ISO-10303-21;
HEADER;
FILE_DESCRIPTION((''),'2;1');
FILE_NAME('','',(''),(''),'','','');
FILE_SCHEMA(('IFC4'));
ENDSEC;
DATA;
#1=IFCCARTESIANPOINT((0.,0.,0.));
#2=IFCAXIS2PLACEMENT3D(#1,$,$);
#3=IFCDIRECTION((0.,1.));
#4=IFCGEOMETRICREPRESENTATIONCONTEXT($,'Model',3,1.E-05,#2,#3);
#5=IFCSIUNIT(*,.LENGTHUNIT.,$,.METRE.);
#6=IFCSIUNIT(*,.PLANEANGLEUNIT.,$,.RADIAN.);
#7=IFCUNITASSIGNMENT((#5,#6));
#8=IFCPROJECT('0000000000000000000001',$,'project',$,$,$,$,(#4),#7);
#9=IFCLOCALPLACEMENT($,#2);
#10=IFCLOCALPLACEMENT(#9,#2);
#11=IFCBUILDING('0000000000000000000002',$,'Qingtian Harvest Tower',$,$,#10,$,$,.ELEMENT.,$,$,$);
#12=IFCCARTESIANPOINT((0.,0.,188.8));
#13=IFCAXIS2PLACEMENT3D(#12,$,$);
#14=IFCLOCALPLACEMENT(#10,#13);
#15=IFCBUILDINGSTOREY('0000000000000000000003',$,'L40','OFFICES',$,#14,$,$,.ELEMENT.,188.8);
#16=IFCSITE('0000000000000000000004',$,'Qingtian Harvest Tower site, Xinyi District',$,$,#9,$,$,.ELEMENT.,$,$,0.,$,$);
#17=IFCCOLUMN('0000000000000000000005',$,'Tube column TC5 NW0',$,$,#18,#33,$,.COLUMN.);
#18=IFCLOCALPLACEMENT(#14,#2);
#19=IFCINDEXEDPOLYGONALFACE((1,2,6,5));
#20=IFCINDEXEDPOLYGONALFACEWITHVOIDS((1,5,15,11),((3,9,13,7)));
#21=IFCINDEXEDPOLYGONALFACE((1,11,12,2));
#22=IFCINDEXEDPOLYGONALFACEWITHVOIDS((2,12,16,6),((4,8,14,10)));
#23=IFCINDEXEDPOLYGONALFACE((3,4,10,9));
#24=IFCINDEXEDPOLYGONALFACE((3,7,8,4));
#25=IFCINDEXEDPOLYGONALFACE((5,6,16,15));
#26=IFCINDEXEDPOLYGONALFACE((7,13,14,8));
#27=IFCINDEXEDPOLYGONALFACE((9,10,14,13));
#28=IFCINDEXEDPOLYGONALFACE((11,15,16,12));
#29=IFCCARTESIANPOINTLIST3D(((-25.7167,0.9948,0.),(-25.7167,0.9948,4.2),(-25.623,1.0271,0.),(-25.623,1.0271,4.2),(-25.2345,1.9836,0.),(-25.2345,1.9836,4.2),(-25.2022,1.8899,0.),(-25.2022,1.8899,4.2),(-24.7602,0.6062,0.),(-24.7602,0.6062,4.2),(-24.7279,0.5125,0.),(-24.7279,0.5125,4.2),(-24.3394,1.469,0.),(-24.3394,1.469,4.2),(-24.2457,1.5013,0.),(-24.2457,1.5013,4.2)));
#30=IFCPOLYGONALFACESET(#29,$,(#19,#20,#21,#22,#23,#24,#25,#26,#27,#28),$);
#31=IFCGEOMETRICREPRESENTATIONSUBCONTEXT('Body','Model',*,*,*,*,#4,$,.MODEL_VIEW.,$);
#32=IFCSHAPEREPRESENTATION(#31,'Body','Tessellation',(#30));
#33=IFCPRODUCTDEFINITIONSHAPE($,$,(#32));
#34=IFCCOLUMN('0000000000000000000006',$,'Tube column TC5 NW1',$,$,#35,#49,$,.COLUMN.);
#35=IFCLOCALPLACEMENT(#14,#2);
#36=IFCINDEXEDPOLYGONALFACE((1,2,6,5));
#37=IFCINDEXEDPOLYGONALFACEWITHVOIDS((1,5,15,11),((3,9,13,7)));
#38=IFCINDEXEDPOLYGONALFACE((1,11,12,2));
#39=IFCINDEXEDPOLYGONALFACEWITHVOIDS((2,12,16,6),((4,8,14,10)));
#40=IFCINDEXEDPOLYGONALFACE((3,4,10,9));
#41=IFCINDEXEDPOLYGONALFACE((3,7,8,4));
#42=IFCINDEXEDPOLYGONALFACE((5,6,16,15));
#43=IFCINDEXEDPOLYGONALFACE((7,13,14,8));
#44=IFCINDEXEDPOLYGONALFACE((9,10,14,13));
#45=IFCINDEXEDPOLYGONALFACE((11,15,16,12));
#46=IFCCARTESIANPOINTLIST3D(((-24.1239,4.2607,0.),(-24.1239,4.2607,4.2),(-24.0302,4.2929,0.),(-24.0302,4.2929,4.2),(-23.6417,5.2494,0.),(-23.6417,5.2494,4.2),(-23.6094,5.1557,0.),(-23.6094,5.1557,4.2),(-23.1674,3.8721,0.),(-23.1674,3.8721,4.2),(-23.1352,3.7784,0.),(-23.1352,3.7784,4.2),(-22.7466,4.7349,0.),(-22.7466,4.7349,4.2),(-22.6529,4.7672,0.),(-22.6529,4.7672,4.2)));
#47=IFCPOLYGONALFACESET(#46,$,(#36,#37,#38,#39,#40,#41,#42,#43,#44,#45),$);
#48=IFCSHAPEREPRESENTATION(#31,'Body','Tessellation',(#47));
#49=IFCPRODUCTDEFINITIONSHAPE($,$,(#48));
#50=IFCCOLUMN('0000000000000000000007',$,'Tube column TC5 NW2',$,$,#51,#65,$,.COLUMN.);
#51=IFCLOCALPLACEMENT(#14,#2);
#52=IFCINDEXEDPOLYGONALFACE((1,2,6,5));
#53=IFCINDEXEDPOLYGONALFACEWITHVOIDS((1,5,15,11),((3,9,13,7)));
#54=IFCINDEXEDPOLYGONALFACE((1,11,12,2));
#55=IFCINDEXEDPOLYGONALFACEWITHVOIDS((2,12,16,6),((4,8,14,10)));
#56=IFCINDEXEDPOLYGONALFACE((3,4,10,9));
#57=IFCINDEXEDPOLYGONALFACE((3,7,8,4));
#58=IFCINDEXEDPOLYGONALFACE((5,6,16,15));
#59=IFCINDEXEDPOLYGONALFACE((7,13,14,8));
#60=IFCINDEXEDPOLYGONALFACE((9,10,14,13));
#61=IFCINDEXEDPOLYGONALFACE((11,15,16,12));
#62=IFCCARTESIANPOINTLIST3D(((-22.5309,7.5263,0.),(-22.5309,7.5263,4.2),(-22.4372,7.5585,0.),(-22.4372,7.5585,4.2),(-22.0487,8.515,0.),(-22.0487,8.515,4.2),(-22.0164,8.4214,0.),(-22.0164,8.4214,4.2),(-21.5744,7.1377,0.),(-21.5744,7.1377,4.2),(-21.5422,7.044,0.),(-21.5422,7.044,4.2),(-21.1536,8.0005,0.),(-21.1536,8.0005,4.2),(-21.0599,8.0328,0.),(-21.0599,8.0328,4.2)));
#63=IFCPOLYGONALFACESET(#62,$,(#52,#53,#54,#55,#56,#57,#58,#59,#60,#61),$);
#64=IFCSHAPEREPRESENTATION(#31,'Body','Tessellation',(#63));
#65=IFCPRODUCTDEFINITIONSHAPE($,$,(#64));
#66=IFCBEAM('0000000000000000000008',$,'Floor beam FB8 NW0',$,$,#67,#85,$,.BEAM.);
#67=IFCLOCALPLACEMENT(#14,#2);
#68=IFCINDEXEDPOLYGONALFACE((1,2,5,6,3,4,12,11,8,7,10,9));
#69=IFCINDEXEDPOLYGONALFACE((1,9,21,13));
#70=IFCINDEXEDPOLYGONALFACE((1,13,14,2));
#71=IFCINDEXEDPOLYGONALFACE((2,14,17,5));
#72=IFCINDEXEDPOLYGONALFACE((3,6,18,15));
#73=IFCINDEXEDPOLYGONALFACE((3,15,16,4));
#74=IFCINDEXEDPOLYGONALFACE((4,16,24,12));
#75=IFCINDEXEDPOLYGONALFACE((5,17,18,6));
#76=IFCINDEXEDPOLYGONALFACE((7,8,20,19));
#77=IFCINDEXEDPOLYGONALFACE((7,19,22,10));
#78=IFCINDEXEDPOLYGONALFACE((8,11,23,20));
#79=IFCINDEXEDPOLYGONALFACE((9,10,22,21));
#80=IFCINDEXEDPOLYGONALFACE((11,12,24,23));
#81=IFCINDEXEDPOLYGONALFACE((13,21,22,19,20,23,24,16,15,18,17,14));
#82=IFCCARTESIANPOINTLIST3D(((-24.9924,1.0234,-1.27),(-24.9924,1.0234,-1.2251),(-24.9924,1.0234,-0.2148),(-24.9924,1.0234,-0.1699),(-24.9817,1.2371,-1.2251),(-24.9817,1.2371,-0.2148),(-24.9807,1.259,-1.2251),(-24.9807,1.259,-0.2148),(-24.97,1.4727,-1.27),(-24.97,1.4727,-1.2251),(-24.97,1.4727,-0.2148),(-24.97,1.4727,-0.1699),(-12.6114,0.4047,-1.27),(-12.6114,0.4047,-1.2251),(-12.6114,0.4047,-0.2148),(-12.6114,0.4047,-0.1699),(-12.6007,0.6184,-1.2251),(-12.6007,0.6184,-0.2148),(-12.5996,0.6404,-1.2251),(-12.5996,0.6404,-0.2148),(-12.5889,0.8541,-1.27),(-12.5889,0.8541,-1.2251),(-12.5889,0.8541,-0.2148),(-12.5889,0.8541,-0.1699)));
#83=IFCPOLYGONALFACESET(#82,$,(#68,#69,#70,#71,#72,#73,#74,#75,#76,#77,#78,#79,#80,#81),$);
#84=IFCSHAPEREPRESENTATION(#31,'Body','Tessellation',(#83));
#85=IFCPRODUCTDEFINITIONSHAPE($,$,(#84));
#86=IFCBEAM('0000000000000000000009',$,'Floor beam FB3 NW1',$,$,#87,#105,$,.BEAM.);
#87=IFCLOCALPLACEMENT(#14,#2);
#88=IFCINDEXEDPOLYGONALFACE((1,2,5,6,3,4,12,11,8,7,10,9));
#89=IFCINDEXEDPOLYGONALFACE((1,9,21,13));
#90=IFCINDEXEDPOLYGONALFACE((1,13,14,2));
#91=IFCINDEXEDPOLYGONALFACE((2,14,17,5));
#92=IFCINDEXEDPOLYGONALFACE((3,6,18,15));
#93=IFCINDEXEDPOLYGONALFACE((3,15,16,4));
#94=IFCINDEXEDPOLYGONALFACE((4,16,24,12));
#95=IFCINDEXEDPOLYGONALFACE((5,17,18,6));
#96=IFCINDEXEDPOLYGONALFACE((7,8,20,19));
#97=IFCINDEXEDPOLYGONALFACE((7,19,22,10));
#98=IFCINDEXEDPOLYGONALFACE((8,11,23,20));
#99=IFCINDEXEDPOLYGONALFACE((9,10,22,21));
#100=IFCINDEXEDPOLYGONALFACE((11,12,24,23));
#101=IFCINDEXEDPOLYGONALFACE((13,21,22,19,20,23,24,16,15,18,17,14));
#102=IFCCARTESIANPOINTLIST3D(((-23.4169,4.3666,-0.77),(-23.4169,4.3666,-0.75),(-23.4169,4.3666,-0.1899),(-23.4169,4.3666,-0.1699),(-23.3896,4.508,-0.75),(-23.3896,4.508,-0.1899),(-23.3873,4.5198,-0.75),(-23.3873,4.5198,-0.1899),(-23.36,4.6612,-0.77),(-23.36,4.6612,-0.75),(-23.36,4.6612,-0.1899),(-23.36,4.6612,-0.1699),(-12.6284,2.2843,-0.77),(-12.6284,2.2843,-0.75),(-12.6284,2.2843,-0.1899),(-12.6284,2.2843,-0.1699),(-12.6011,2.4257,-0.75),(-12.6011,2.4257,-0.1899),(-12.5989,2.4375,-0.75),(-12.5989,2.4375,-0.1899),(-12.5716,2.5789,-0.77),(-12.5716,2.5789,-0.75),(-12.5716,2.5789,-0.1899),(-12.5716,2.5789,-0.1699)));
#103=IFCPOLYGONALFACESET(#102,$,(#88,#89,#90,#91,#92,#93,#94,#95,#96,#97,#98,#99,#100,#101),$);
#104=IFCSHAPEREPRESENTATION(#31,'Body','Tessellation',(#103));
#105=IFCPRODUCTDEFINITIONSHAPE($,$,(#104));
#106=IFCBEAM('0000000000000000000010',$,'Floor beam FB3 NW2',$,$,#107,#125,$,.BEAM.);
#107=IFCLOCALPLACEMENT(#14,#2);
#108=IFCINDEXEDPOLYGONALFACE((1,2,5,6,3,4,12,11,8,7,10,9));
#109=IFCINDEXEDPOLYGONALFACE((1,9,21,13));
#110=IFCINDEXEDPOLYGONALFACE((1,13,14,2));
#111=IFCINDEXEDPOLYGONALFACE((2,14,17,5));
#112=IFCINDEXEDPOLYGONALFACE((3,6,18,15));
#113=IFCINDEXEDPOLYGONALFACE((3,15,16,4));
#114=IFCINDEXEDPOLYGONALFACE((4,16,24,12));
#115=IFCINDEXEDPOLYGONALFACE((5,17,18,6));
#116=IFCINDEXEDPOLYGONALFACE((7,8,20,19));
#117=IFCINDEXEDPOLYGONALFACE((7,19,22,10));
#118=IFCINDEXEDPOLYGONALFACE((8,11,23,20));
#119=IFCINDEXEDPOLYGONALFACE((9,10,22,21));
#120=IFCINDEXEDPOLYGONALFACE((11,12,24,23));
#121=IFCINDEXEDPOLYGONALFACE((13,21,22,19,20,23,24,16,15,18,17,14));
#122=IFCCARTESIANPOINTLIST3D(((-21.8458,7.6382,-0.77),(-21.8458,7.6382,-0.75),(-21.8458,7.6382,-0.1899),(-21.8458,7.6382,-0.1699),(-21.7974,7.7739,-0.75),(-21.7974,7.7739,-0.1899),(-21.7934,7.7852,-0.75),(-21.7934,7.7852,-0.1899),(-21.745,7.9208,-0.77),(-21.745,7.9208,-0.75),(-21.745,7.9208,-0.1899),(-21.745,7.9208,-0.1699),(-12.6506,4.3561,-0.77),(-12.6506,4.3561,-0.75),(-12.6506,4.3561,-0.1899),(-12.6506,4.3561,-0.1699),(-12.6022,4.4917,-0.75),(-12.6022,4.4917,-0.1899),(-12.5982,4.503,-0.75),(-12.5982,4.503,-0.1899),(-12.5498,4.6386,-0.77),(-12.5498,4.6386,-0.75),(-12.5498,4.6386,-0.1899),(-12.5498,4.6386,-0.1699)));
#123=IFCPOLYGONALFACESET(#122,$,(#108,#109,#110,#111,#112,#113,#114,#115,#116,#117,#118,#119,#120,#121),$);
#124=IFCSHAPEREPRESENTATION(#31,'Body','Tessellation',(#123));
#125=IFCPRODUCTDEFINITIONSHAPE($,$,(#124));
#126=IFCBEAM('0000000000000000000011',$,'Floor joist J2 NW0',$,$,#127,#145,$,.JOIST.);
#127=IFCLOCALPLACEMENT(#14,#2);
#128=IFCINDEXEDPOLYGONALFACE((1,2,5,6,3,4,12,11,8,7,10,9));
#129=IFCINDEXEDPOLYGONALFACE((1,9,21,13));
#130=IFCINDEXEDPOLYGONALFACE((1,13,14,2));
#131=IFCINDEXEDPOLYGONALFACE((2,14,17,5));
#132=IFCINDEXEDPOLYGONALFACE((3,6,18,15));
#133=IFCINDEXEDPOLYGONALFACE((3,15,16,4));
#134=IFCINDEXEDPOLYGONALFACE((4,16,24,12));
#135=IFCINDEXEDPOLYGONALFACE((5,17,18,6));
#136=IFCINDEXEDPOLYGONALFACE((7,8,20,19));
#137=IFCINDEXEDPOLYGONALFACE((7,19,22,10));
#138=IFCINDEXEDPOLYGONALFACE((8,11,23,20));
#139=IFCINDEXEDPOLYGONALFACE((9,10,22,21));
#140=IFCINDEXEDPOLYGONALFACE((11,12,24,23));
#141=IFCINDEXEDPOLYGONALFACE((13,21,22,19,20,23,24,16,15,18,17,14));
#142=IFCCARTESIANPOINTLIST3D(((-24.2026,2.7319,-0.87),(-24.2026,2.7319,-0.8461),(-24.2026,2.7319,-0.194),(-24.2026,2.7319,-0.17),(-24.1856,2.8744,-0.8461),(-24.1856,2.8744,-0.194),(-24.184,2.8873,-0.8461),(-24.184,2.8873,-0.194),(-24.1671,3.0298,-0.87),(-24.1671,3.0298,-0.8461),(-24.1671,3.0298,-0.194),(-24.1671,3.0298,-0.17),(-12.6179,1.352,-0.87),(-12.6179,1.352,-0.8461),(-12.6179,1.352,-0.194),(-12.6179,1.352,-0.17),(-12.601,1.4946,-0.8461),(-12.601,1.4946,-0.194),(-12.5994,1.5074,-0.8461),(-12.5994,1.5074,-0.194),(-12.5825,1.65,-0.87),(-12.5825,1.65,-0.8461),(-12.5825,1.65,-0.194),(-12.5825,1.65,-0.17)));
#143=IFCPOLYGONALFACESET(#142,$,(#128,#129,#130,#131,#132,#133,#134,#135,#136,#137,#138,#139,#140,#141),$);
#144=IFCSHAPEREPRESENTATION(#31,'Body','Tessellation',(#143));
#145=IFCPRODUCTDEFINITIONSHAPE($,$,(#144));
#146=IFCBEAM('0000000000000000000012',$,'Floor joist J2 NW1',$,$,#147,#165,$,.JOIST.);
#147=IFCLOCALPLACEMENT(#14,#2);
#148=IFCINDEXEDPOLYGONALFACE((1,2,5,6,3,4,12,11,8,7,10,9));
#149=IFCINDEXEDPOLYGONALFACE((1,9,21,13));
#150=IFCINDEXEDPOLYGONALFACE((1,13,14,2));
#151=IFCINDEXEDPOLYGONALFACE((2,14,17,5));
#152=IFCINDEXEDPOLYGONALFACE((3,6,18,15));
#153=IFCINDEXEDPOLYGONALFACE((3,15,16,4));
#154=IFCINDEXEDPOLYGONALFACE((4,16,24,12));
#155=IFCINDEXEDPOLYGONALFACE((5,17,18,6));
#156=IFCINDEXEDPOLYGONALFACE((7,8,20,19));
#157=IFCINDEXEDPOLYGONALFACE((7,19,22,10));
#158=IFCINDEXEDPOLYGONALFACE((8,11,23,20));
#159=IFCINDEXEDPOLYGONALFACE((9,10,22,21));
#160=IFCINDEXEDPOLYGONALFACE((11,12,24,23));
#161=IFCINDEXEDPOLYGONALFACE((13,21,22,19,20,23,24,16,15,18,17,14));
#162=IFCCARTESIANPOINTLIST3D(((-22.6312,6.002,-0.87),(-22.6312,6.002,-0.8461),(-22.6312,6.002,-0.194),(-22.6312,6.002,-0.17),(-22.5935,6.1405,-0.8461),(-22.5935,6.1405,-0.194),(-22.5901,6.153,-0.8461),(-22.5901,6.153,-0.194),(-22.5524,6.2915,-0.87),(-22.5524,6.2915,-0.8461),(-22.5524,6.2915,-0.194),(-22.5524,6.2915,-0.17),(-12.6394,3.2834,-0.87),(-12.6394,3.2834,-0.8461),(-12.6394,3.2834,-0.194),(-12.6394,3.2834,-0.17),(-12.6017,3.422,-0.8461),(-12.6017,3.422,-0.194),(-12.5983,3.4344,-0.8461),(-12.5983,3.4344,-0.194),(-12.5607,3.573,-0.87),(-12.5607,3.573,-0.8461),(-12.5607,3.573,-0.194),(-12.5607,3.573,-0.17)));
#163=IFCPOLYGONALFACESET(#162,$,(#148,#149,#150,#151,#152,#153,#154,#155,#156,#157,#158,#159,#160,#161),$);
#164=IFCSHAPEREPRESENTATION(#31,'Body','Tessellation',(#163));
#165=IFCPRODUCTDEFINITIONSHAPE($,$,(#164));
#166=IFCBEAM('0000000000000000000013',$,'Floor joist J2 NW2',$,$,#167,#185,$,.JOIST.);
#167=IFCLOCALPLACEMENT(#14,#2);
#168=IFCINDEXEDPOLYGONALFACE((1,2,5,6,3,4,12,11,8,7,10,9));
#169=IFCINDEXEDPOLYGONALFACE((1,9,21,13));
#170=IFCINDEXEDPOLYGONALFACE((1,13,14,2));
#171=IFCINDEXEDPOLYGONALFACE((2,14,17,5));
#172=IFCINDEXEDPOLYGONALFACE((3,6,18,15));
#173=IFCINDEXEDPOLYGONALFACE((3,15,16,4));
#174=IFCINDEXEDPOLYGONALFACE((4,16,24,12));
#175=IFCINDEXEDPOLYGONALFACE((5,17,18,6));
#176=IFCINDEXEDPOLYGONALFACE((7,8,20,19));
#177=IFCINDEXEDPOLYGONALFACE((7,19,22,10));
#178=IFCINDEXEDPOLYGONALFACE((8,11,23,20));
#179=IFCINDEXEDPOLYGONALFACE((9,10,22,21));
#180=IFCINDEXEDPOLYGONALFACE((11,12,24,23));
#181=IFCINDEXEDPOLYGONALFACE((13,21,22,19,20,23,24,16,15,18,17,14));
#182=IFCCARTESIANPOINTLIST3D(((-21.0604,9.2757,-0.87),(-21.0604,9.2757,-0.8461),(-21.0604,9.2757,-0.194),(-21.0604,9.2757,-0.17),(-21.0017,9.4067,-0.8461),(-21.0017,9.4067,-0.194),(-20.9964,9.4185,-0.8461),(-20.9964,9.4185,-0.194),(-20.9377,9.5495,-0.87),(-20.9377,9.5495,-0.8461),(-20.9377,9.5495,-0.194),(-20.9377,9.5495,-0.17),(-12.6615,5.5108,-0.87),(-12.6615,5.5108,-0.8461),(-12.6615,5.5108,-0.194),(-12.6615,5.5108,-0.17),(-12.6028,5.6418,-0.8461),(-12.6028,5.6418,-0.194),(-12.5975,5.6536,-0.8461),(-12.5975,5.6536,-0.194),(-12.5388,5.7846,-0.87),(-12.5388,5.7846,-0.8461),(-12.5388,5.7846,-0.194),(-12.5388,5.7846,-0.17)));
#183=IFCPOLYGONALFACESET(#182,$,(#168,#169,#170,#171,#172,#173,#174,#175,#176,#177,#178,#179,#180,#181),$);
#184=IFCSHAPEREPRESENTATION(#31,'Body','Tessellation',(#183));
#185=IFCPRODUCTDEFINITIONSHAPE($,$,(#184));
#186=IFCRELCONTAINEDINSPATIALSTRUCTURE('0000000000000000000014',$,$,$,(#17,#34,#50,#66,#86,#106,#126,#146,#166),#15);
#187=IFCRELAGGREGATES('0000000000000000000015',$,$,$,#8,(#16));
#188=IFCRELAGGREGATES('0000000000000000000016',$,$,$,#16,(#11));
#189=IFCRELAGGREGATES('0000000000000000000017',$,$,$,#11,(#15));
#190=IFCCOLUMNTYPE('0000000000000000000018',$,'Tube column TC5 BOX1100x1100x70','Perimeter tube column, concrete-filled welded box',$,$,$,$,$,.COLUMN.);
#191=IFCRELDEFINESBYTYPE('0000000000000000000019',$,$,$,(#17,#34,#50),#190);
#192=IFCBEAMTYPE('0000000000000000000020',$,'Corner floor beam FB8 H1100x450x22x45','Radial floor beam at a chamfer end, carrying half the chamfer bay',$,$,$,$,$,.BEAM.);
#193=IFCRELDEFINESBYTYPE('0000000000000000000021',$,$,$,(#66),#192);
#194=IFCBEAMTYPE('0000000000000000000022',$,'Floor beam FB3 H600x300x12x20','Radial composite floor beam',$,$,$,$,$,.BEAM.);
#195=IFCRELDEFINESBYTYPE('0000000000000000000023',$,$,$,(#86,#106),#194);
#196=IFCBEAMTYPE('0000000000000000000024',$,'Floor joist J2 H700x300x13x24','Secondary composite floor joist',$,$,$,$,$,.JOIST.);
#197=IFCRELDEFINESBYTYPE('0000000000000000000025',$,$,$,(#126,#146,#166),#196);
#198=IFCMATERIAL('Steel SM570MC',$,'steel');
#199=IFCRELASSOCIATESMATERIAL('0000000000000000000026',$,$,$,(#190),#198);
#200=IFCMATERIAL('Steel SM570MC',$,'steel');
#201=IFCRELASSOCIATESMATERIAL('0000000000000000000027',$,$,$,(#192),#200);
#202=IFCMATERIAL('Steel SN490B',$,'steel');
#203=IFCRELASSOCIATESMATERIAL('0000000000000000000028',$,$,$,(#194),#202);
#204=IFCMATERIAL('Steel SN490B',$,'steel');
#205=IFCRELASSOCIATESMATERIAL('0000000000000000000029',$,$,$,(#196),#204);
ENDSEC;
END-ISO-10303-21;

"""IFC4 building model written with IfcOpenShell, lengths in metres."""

from ifc_helpers import new_model, si_unit, direction, frame, origin, origin_2d, place, context, subcontext, project, spatial, hollow_rectangle, i_section, extrude, material, material_profile, profile_set, type_object, element, save


model = new_model("IFC4")

# Units and contexts
model_context = context("Model", 3, precision=1e-05, world=origin(), true_north=direction((0.0, 1.0)))
body_context = subcontext(model_context, "Body", "Model", "MODEL_VIEW")
ifc_project = project(units=[si_unit("LENGTHUNIT", "METRE"), si_unit("PLANEANGLEUNIT", "RADIAN")], contexts=[model_context])

# Site, building, storey
site_placement = place(None, origin())
site = spatial("IfcSite", under=ifc_project, at=site_placement, Name="Qingtian Harvest Tower site, Xinyi District", CompositionType="ELEMENT", RefElevation=0.0)
building_placement = place(site_placement, origin())
building = spatial("IfcBuilding", under=site, at=building_placement, Name="Qingtian Harvest Tower", CompositionType="ELEMENT")
storey_placement = place(building_placement, frame((0.0, 0.0, 188.8)))
storey = spatial("IfcBuildingStorey", under=building, at=storey_placement, Name="L40", Description="OFFICES", CompositionType="ELEMENT", Elevation=188.8)

# Columns
ifc_material_1 = material(Name="Steel SM570MC", Category="steel")
ifc_material_profile_1 = material_profile(ifc_material_1, hollow_rectangle(XDim=1.1001, YDim=1.1001, WallThickness=0.0701, at=origin_2d()), Name="BOX1100x1100x70")
ifc_profile_set_1 = profile_set([ifc_material_profile_1], Name="Steel SM570MC")
column_type = type_object("IfcColumnType", Name="Tube column TC5 BOX1100x1100x70", Description="Perimeter tube column, concrete-filled welded box", PredefinedType="COLUMN", material=ifc_profile_set_1)
for number, where, z_axis, x_axis, name in (
    (1, (-24.9812, 1.248, 0.0), (0.0, 0.0, 1.0), (-0.438371, -0.898794, 0.0), "Tube column TC5 NW0"),
    (2, (-23.3884, 4.5139, 0.0), (0.0, 0.0, 1.0), (-0.438371, -0.898794, 0.0), "Tube column TC5 NW1"),
    (3, (-21.7954, 7.7795, 0.0), (0.0, 0.0, 1.0), (-0.438371, -0.898794, 0.0), "Tube column TC5 NW2"),
):
    element("IfcColumn", number, at=place(storey_placement, frame(where, z_axis=z_axis, x_axis=x_axis)), inside=storey, type_object=column_type, Name=name, PredefinedType="COLUMN", context=body_context, shape_type="SweptSolid", body=[
        extrude(hollow_rectangle(XDim=1.1001, YDim=1.1001, WallThickness=0.0701, at=origin_2d()), origin(), (0.0, 0.0, 1.0), 4.2),
    ])

# Beams
ifc_material_2 = material(Name="Steel SM570MC", Category="steel")
ifc_material_profile_2 = material_profile(ifc_material_2, i_section(OverallWidth=0.45, OverallDepth=1.1001, WebThickness=0.022, FlangeThickness=0.0449, at=origin_2d()), Name="H1100x450x22x45")
ifc_profile_set_2 = profile_set([ifc_material_profile_2], Name="Steel SM570MC")
beam_type_1 = type_object("IfcBeamType", Name="Corner floor beam FB8 H1100x450x22x45", Description="Radial floor beam at a chamfer end, carrying half the chamfer bay", PredefinedType="BEAM", material=ifc_profile_set_2)
beam_1_placement = place(storey_placement, frame((-24.9812, 1.248, -0.72), z_axis=(0.998754, -0.049905, 0.0), x_axis=(0.049905, 0.998754, 0.0)))
element("IfcBeam", 4, at=beam_1_placement, inside=storey, type_object=beam_type_1, Name="Floor beam FB8 NW0", PredefinedType="BEAM", context=body_context, shape_type="SweptSolid", body=[
    extrude(i_section(OverallWidth=0.45, OverallDepth=1.1001, WebThickness=0.022, FlangeThickness=0.0449, at=origin_2d()), origin(), (0.0, 0.0, 1.0), 12.3965),
])
ifc_material_3 = material(Name="Steel SN490B", Category="steel")
ifc_material_profile_3 = material_profile(ifc_material_3, i_section(OverallWidth=0.3, OverallDepth=0.6001, WebThickness=0.012, FlangeThickness=0.02, at=origin_2d()), Name="H600x300x12x20")
ifc_profile_set_3 = profile_set([ifc_material_profile_3], Name="Steel SN490B")
beam_type_2 = type_object("IfcBeamType", Name="Floor beam FB3 H600x300x12x20", Description="Radial composite floor beam", PredefinedType="BEAM", material=ifc_profile_set_3)
beam_2_placement = place(storey_placement, frame((-23.3884, 4.5139, -0.47), z_axis=(0.981878, -0.189514, 0.0), x_axis=(0.189514, 0.981878, 0.0)))
element("IfcBeam", 5, at=beam_2_placement, inside=storey, type_object=beam_type_2, Name="Floor beam FB3 NW1", PredefinedType="BEAM", context=body_context, shape_type="SweptSolid", body=[
    extrude(i_section(OverallWidth=0.3, OverallDepth=0.6001, WebThickness=0.012, FlangeThickness=0.02, at=origin_2d()), origin(), (0.0, 0.0, 1.0), 10.9875),
])
beam_3_placement = place(storey_placement, frame((-21.7954, 7.7795, -0.47), z_axis=(0.941801, -0.336172, 0.0), x_axis=(0.336172, 0.941801, 0.0)))
element("IfcBeam", 6, at=beam_3_placement, inside=storey, type_object=beam_type_2, Name="Floor beam FB3 NW2", PredefinedType="BEAM", context=body_context, shape_type="SweptSolid", body=[
    extrude(i_section(OverallWidth=0.3, OverallDepth=0.6001, WebThickness=0.012, FlangeThickness=0.02, at=origin_2d()), origin(), (0.0, 0.0, 1.0), 9.7634),
])
ifc_material_4 = material(Name="Steel SN490B", Category="steel")
ifc_material_profile_4 = material_profile(ifc_material_4, i_section(OverallWidth=0.3, OverallDepth=0.7, WebThickness=0.0129, FlangeThickness=0.0239, at=origin_2d()), Name="H700x300x13x24")
ifc_profile_set_4 = profile_set([ifc_material_profile_4], Name="Steel SN490B")
beam_type_3 = type_object("IfcBeamType", Name="Floor joist J2 H700x300x13x24", Description="Secondary composite floor joist", PredefinedType="JOIST", material=ifc_profile_set_4)
beam_4_placement = place(storey_placement, frame((-24.1848, 2.8809, -0.52), z_axis=(0.992981, -0.118276, 0.0), x_axis=(0.118276, 0.992981, 0.0)))
element("IfcBeam", 7, at=beam_4_placement, inside=storey, type_object=beam_type_3, Name="Floor joist J2 NW0", PredefinedType="JOIST", context=body_context, shape_type="SweptSolid", body=[
    extrude(i_section(OverallWidth=0.3, OverallDepth=0.7, WebThickness=0.0129, FlangeThickness=0.0239, at=origin_2d()), origin(), (0.0, 0.0, 1.0), 11.6665),
])
beam_5_placement = place(storey_placement, frame((-22.5918, 6.1467, -0.52), z_axis=(0.964923, -0.262533, 0.0), x_axis=(0.262533, 0.964923, 0.0)))
element("IfcBeam", 8, at=beam_5_placement, inside=storey, type_object=beam_type_3, Name="Floor joist J2 NW1", PredefinedType="JOIST", context=body_context, shape_type="SweptSolid", body=[
    extrude(i_section(OverallWidth=0.3, OverallDepth=0.7, WebThickness=0.0129, FlangeThickness=0.0239, at=origin_2d()), origin(), (0.0, 0.0, 1.0), 10.355),
])
beam_6_placement = place(storey_placement, frame((-20.999, 9.4126, -0.52), z_axis=(0.912515, -0.409043, 0.0), x_axis=(0.409043, 0.912515, 0.0)))
element("IfcBeam", 9, at=beam_6_placement, inside=storey, type_object=beam_type_3, Name="Floor joist J2 NW2", PredefinedType="JOIST", context=body_context, shape_type="SweptSolid", body=[
    extrude(i_section(OverallWidth=0.3, OverallDepth=0.7, WebThickness=0.0129, FlangeThickness=0.0239, at=origin_2d()), origin(), (0.0, 0.0, 1.0), 9.2041),
])

save(model, "model.ifc")
